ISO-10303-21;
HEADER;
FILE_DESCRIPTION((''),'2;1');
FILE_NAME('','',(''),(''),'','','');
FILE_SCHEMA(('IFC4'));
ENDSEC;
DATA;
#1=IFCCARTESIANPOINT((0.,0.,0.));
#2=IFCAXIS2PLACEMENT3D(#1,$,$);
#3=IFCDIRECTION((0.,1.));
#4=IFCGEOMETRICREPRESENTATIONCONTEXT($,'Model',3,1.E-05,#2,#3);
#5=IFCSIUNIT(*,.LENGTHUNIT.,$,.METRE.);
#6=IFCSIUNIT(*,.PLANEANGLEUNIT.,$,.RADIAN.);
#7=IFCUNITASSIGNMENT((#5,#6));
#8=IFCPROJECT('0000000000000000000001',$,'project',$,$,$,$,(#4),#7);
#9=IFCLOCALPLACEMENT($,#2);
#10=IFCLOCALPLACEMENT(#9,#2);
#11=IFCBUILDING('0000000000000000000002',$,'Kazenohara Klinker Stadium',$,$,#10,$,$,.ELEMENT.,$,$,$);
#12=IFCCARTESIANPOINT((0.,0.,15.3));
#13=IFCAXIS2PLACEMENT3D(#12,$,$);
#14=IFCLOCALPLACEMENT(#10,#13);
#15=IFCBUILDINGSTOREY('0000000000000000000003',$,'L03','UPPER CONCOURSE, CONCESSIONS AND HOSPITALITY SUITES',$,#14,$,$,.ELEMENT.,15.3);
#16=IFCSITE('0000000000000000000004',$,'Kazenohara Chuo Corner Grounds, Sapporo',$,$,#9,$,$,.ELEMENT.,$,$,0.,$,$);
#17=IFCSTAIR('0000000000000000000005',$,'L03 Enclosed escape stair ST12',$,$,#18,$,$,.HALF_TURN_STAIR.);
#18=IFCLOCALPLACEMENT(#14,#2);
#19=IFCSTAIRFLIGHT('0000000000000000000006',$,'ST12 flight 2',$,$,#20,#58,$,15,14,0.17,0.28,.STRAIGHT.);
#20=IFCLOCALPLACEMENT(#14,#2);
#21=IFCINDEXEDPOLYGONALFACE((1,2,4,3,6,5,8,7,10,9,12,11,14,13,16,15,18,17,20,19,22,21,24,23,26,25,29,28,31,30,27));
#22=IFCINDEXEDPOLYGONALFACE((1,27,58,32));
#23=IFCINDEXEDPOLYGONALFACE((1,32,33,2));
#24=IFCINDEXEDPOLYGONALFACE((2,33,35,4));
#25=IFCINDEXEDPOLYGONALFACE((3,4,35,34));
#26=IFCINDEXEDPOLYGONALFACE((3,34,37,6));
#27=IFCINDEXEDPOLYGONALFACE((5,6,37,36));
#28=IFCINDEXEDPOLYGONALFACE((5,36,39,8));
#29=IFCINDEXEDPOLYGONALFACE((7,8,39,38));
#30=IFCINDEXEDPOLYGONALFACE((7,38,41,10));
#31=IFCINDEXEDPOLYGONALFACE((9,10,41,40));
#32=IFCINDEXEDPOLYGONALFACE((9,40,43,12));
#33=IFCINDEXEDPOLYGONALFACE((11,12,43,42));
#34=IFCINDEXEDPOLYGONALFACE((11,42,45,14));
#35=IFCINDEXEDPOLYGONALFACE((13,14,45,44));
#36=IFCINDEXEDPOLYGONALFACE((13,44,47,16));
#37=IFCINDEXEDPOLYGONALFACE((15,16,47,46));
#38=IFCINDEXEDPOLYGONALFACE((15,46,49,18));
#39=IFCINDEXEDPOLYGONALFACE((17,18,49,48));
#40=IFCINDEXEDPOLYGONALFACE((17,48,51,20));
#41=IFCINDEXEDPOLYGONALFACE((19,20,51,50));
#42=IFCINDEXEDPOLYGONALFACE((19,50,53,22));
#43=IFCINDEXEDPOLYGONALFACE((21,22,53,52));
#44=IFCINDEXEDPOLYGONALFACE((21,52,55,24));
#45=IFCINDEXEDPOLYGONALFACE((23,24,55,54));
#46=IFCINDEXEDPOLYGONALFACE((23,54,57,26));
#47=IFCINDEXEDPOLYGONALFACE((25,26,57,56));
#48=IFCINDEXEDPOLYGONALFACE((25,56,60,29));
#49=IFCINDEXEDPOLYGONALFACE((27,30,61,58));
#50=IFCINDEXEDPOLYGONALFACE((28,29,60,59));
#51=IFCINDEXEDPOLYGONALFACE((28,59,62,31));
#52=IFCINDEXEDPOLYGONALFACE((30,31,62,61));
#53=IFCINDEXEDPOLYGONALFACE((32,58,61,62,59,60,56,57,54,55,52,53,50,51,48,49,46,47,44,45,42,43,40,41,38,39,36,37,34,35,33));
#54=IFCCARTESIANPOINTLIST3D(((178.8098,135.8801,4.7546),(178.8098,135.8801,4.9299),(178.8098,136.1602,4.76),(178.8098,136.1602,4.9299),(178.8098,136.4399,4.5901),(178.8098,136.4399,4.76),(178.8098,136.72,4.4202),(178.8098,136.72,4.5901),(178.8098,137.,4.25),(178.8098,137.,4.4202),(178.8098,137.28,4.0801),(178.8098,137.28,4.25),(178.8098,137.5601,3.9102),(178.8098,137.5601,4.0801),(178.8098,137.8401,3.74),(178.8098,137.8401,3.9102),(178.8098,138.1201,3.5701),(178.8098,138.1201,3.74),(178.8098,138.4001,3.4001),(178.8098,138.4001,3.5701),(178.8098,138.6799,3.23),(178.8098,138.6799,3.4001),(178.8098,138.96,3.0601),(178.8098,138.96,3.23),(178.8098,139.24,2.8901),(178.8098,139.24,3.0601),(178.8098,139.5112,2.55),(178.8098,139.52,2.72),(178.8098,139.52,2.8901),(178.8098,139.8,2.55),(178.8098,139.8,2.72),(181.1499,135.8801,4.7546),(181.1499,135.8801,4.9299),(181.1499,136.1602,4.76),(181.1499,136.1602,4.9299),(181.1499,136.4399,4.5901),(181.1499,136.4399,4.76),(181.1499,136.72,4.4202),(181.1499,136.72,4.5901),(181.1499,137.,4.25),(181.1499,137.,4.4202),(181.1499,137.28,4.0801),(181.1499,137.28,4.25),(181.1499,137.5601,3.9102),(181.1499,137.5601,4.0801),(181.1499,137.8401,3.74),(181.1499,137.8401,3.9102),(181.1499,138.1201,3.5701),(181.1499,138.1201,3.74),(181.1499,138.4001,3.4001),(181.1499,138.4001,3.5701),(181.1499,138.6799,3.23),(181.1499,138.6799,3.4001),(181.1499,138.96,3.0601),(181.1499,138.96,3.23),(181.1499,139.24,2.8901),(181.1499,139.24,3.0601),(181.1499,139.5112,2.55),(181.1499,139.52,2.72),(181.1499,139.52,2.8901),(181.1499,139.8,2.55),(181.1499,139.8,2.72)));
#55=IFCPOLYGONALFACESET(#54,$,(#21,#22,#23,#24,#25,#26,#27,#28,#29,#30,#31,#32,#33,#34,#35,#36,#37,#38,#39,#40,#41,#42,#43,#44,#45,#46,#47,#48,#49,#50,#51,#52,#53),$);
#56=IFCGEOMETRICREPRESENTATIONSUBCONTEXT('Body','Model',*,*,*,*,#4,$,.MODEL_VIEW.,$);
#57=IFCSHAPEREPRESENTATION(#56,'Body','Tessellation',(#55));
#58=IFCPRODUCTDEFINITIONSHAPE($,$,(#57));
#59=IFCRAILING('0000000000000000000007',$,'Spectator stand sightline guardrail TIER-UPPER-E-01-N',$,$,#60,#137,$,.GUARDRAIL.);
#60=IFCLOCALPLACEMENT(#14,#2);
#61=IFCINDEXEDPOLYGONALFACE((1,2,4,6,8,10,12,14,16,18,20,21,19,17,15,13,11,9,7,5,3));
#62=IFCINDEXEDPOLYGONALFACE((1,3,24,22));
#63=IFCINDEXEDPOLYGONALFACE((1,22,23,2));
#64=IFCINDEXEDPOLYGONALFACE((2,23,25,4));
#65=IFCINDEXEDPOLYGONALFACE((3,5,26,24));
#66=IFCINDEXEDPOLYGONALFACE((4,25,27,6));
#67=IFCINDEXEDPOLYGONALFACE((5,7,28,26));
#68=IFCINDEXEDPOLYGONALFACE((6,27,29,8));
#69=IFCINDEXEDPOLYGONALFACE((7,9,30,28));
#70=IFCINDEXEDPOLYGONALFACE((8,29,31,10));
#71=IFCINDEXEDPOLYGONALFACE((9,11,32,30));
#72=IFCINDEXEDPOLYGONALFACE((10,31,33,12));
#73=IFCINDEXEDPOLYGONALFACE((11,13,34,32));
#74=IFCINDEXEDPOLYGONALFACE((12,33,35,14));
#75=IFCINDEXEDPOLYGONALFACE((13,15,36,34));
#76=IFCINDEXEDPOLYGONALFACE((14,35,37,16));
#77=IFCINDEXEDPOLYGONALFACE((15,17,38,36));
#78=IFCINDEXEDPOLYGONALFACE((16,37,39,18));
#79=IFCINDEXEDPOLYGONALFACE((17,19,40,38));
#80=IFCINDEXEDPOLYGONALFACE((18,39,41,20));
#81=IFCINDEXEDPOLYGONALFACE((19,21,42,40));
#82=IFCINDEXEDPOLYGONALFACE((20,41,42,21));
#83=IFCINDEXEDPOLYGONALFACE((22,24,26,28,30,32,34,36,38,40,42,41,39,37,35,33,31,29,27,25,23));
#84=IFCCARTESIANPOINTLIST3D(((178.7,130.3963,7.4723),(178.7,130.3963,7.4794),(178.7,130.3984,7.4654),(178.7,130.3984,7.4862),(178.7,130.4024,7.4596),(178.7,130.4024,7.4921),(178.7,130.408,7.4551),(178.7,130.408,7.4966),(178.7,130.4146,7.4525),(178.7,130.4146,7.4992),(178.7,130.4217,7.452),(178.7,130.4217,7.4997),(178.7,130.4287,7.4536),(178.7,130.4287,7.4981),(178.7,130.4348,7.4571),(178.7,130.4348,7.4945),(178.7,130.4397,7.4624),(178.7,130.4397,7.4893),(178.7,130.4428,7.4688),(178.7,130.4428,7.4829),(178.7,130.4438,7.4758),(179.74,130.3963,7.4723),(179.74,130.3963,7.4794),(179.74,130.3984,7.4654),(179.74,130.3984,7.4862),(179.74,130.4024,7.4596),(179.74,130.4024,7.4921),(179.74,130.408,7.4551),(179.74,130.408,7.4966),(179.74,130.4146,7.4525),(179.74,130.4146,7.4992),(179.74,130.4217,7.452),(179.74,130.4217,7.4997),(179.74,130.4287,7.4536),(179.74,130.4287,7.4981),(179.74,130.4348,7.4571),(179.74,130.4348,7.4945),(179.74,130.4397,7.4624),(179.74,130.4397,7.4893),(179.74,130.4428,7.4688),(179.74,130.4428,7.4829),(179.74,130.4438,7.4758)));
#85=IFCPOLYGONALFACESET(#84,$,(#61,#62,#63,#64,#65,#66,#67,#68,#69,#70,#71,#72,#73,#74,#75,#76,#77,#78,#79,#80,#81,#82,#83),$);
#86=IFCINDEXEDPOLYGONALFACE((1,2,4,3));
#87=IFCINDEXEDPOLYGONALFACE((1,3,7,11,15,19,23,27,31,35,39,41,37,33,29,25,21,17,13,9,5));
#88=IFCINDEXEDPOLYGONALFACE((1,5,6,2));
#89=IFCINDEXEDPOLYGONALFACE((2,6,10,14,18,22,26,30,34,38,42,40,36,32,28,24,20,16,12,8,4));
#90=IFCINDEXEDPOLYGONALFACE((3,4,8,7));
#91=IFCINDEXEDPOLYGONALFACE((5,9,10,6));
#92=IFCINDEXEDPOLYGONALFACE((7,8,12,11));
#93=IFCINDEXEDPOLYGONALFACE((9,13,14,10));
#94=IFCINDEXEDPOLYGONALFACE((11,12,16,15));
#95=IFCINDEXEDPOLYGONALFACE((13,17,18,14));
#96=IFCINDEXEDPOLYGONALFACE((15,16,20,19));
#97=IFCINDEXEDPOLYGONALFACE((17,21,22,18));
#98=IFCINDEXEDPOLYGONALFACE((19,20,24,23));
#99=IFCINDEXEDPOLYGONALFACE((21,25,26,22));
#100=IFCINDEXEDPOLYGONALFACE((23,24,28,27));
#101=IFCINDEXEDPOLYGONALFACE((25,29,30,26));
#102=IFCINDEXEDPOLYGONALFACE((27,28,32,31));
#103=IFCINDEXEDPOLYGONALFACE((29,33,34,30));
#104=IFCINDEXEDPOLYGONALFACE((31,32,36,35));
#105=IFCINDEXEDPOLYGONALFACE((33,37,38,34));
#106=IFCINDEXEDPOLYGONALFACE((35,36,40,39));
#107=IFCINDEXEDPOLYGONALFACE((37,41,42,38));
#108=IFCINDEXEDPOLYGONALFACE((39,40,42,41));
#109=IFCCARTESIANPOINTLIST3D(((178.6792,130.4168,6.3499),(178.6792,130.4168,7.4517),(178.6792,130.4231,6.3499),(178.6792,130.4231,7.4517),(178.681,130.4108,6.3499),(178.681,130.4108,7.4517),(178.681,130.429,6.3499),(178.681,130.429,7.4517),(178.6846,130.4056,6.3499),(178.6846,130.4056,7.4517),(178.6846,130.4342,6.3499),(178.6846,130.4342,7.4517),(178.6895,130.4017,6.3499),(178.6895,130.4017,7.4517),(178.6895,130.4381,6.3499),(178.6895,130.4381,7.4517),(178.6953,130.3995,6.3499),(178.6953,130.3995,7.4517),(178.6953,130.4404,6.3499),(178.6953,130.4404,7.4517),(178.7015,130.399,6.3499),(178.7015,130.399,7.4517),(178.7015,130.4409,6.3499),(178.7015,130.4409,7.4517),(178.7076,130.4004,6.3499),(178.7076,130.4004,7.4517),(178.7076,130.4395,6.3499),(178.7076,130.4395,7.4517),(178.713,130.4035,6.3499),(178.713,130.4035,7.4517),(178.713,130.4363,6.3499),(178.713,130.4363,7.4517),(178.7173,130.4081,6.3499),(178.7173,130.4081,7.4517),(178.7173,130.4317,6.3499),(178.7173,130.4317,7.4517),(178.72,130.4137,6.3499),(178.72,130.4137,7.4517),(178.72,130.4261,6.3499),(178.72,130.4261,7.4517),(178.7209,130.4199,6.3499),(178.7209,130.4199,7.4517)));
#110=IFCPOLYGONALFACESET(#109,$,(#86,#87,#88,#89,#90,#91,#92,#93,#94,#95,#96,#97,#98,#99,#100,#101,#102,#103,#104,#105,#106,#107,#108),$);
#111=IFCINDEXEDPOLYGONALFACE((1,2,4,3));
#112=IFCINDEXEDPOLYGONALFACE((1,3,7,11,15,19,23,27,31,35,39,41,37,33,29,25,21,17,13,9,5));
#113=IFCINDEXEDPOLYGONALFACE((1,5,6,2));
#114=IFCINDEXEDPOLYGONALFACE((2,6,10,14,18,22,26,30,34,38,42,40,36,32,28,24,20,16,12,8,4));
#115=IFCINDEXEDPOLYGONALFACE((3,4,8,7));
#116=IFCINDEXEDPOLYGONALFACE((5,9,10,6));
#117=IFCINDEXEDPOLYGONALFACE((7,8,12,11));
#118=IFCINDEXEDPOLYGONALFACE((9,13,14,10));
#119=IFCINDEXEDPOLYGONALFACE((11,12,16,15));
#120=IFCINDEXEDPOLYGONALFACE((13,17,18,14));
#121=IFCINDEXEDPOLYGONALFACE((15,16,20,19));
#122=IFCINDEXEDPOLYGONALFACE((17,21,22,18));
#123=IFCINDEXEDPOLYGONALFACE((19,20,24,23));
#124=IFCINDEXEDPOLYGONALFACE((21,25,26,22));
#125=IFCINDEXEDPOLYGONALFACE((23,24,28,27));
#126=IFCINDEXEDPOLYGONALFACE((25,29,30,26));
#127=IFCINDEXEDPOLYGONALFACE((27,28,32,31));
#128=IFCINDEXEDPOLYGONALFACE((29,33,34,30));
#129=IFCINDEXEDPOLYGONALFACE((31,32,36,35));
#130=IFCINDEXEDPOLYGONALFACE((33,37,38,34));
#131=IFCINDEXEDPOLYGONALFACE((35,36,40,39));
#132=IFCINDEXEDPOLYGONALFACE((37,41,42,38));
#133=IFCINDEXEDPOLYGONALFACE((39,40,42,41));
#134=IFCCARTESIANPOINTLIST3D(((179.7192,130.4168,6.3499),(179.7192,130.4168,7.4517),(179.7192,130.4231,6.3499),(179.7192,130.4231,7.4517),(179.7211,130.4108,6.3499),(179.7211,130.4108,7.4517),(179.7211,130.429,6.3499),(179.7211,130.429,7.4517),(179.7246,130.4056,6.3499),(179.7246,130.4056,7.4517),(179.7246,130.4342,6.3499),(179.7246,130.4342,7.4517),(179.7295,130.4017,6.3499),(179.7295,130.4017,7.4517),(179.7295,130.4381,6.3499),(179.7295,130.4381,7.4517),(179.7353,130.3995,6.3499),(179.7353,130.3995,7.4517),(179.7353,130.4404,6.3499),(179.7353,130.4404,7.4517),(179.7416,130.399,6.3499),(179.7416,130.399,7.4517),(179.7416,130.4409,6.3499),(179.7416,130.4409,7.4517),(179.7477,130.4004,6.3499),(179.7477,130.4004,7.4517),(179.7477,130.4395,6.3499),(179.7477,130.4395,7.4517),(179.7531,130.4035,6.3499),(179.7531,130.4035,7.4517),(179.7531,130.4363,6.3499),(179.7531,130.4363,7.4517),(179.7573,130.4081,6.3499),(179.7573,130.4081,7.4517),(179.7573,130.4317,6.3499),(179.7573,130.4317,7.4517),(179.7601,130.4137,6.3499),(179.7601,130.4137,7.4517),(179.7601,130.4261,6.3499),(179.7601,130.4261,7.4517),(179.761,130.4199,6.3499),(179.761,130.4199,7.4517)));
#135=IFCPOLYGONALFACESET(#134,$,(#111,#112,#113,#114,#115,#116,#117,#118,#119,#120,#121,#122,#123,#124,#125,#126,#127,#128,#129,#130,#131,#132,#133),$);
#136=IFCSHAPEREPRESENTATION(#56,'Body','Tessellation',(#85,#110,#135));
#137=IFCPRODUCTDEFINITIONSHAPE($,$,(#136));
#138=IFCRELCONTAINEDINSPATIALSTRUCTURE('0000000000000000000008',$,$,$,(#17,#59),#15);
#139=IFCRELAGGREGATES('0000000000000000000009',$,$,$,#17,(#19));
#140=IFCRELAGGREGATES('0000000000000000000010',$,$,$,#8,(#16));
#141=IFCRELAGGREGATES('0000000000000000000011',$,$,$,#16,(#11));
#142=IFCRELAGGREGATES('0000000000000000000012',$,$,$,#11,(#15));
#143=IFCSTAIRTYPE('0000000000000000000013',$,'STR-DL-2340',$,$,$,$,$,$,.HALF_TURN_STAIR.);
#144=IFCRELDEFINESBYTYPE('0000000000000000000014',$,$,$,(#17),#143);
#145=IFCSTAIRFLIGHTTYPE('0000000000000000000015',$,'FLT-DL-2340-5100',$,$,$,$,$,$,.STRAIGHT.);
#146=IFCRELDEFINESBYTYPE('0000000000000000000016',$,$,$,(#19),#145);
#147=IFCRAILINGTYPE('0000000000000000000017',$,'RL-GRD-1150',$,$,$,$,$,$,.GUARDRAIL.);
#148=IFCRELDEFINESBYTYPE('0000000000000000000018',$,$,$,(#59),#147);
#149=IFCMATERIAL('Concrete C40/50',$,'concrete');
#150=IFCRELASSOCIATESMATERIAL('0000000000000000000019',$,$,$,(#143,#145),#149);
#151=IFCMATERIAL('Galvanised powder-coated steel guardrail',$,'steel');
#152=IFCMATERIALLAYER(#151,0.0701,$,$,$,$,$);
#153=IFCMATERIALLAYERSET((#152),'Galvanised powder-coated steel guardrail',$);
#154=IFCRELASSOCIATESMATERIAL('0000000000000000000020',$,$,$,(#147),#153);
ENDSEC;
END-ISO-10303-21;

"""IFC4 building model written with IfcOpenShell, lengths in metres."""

from ifc_helpers import new_model, si_unit, direction, frame, origin, origin_2d, place, context, subcontext, project, spatial, polyline, circle, outline, extrude, material, layer, layer_set, type_object, element, aggregate, save


model = new_model("IFC4")

# Units and contexts
model_context = context("Model", 3, precision=1e-05, world=origin(), true_north=direction((0.0, 1.0)))
body_context = subcontext(model_context, "Body", "Model", "MODEL_VIEW")
ifc_project = project(units=[si_unit("LENGTHUNIT", "METRE"), si_unit("PLANEANGLEUNIT", "RADIAN")], contexts=[model_context])

# Site, building, storey
site_placement = place(None, origin())
site = spatial("IfcSite", under=ifc_project, at=site_placement, Name="Kazenohara Chuo Corner Grounds, Sapporo", CompositionType="ELEMENT", RefElevation=0.0)
building_placement = place(site_placement, origin())
building = spatial("IfcBuilding", under=site, at=building_placement, Name="Kazenohara Klinker Stadium", CompositionType="ELEMENT")
storey_placement = place(building_placement, frame((0.0, 0.0, 15.3)))
storey = spatial("IfcBuildingStorey", under=building, at=storey_placement, Name="L03", Description="UPPER CONCOURSE, CONCESSIONS AND HOSPITALITY SUITES", CompositionType="ELEMENT", Elevation=15.3)

# Shared definitions
ifc_material_1 = material(Name="Concrete C40/50", Category="concrete")

# Stair, stair flight
stair_type = type_object("IfcStairType", Name="STR-DL-2340", PredefinedType="HALF_TURN_STAIR", material=ifc_material_1)
stair_placement = place(storey_placement, origin())
stair = element("IfcStair", 1, at=stair_placement, inside=storey, type_object=stair_type, Name="L03 Enclosed escape stair ST12", PredefinedType="HALF_TURN_STAIR")
stair_flight_type = type_object("IfcStairFlightType", Name="FLT-DL-2340-5100", PredefinedType="STRAIGHT", material=ifc_material_1)
stair_flight_1_placement = place(storey_placement, frame((179.98, 139.8, 2.55), z_axis=(0.0, 0.0, 1.0), x_axis=(0.0, -1.0, 0.0)))
stair_flight_1 = element("IfcStairFlight", 2, at=stair_flight_1_placement, type_object=stair_flight_type, Name="ST12 flight 2", NumberOfRisers=15, NumberOfTreads=14, PredefinedType="STRAIGHT", RiserHeight=0.17, TreadLength=0.28, context=body_context, shape_type="SweptSolid", body=[
    extrude(outline(polyline([(0.0, 0.0), (0.0, 0.1699), (0.28, 0.1699), (0.28, 0.3401), (0.5601, 0.3401), (0.5601, 0.51), (0.8401, 0.51), (0.8401, 0.6799), (1.1201, 0.6799), (1.1201, 0.8501), (1.3999, 0.8501), (1.3999, 1.02), (1.6799, 1.02), (1.6799, 1.1899), (1.96, 1.1899), (1.96, 1.3601), (2.24, 1.3601), (2.24, 1.53), (2.52, 1.53), (2.52, 1.7), (2.8, 1.7), (2.8, 1.8701), (3.0801, 1.8701), (3.0801, 2.04), (3.3601, 2.04), (3.3601, 2.21), (3.6399, 2.21), (3.6399, 2.3799), (3.9199, 2.3799), (3.9199, 2.55), (3.9199, 2.2046), (0.2888, 0.0), (0.0, 0.0)])), frame((0.0, 1.1699, 0.0), z_axis=(0.0, -1.0, 0.0), x_axis=(1.0, 0.0, 0.0)), (0.0, 0.0, 1.0), 2.3401),
])
aggregate(stair, [stair_flight_1])

# Railing
ifc_material_2 = material(Name="Galvanised powder-coated steel guardrail", Category="steel")
ifc_layer_1 = layer(ifc_material_2, 0.0701)
ifc_layer_set_1 = layer_set([ifc_layer_1], Name="Galvanised powder-coated steel guardrail")
railing_type_1 = type_object("IfcRailingType", Name="RL-GRD-1150", PredefinedType="GUARDRAIL", material=ifc_layer_set_1)
railing_1_placement = place(storey_placement, frame((178.7, 130.4199, 6.3499)))
element("IfcRailing", 3, at=railing_1_placement, inside=storey, type_object=railing_type_1, Name="Spectator stand sightline guardrail TIER-UPPER-E-01-N", PredefinedType="GUARDRAIL", context=body_context, shape_type="SweptSolid", body=[
    extrude(circle(Radius=0.0239, at=origin_2d()), frame((0.0, 0.0, 1.126), z_axis=(1.0, 0.0, 0.0), x_axis=(0.0, 1.0, 0.0)), (0.0, 0.0, 1.0), 1.04),
    extrude(circle(Radius=0.021, at=origin_2d()), origin(), (0.0, 0.0, 1.0), 1.1018),
    extrude(circle(Radius=0.021, at=origin_2d()), frame((1.04, 0.0, 0.0)), (0.0, 0.0, 1.0), 1.1018),
])

save(model, "model.ifc")
